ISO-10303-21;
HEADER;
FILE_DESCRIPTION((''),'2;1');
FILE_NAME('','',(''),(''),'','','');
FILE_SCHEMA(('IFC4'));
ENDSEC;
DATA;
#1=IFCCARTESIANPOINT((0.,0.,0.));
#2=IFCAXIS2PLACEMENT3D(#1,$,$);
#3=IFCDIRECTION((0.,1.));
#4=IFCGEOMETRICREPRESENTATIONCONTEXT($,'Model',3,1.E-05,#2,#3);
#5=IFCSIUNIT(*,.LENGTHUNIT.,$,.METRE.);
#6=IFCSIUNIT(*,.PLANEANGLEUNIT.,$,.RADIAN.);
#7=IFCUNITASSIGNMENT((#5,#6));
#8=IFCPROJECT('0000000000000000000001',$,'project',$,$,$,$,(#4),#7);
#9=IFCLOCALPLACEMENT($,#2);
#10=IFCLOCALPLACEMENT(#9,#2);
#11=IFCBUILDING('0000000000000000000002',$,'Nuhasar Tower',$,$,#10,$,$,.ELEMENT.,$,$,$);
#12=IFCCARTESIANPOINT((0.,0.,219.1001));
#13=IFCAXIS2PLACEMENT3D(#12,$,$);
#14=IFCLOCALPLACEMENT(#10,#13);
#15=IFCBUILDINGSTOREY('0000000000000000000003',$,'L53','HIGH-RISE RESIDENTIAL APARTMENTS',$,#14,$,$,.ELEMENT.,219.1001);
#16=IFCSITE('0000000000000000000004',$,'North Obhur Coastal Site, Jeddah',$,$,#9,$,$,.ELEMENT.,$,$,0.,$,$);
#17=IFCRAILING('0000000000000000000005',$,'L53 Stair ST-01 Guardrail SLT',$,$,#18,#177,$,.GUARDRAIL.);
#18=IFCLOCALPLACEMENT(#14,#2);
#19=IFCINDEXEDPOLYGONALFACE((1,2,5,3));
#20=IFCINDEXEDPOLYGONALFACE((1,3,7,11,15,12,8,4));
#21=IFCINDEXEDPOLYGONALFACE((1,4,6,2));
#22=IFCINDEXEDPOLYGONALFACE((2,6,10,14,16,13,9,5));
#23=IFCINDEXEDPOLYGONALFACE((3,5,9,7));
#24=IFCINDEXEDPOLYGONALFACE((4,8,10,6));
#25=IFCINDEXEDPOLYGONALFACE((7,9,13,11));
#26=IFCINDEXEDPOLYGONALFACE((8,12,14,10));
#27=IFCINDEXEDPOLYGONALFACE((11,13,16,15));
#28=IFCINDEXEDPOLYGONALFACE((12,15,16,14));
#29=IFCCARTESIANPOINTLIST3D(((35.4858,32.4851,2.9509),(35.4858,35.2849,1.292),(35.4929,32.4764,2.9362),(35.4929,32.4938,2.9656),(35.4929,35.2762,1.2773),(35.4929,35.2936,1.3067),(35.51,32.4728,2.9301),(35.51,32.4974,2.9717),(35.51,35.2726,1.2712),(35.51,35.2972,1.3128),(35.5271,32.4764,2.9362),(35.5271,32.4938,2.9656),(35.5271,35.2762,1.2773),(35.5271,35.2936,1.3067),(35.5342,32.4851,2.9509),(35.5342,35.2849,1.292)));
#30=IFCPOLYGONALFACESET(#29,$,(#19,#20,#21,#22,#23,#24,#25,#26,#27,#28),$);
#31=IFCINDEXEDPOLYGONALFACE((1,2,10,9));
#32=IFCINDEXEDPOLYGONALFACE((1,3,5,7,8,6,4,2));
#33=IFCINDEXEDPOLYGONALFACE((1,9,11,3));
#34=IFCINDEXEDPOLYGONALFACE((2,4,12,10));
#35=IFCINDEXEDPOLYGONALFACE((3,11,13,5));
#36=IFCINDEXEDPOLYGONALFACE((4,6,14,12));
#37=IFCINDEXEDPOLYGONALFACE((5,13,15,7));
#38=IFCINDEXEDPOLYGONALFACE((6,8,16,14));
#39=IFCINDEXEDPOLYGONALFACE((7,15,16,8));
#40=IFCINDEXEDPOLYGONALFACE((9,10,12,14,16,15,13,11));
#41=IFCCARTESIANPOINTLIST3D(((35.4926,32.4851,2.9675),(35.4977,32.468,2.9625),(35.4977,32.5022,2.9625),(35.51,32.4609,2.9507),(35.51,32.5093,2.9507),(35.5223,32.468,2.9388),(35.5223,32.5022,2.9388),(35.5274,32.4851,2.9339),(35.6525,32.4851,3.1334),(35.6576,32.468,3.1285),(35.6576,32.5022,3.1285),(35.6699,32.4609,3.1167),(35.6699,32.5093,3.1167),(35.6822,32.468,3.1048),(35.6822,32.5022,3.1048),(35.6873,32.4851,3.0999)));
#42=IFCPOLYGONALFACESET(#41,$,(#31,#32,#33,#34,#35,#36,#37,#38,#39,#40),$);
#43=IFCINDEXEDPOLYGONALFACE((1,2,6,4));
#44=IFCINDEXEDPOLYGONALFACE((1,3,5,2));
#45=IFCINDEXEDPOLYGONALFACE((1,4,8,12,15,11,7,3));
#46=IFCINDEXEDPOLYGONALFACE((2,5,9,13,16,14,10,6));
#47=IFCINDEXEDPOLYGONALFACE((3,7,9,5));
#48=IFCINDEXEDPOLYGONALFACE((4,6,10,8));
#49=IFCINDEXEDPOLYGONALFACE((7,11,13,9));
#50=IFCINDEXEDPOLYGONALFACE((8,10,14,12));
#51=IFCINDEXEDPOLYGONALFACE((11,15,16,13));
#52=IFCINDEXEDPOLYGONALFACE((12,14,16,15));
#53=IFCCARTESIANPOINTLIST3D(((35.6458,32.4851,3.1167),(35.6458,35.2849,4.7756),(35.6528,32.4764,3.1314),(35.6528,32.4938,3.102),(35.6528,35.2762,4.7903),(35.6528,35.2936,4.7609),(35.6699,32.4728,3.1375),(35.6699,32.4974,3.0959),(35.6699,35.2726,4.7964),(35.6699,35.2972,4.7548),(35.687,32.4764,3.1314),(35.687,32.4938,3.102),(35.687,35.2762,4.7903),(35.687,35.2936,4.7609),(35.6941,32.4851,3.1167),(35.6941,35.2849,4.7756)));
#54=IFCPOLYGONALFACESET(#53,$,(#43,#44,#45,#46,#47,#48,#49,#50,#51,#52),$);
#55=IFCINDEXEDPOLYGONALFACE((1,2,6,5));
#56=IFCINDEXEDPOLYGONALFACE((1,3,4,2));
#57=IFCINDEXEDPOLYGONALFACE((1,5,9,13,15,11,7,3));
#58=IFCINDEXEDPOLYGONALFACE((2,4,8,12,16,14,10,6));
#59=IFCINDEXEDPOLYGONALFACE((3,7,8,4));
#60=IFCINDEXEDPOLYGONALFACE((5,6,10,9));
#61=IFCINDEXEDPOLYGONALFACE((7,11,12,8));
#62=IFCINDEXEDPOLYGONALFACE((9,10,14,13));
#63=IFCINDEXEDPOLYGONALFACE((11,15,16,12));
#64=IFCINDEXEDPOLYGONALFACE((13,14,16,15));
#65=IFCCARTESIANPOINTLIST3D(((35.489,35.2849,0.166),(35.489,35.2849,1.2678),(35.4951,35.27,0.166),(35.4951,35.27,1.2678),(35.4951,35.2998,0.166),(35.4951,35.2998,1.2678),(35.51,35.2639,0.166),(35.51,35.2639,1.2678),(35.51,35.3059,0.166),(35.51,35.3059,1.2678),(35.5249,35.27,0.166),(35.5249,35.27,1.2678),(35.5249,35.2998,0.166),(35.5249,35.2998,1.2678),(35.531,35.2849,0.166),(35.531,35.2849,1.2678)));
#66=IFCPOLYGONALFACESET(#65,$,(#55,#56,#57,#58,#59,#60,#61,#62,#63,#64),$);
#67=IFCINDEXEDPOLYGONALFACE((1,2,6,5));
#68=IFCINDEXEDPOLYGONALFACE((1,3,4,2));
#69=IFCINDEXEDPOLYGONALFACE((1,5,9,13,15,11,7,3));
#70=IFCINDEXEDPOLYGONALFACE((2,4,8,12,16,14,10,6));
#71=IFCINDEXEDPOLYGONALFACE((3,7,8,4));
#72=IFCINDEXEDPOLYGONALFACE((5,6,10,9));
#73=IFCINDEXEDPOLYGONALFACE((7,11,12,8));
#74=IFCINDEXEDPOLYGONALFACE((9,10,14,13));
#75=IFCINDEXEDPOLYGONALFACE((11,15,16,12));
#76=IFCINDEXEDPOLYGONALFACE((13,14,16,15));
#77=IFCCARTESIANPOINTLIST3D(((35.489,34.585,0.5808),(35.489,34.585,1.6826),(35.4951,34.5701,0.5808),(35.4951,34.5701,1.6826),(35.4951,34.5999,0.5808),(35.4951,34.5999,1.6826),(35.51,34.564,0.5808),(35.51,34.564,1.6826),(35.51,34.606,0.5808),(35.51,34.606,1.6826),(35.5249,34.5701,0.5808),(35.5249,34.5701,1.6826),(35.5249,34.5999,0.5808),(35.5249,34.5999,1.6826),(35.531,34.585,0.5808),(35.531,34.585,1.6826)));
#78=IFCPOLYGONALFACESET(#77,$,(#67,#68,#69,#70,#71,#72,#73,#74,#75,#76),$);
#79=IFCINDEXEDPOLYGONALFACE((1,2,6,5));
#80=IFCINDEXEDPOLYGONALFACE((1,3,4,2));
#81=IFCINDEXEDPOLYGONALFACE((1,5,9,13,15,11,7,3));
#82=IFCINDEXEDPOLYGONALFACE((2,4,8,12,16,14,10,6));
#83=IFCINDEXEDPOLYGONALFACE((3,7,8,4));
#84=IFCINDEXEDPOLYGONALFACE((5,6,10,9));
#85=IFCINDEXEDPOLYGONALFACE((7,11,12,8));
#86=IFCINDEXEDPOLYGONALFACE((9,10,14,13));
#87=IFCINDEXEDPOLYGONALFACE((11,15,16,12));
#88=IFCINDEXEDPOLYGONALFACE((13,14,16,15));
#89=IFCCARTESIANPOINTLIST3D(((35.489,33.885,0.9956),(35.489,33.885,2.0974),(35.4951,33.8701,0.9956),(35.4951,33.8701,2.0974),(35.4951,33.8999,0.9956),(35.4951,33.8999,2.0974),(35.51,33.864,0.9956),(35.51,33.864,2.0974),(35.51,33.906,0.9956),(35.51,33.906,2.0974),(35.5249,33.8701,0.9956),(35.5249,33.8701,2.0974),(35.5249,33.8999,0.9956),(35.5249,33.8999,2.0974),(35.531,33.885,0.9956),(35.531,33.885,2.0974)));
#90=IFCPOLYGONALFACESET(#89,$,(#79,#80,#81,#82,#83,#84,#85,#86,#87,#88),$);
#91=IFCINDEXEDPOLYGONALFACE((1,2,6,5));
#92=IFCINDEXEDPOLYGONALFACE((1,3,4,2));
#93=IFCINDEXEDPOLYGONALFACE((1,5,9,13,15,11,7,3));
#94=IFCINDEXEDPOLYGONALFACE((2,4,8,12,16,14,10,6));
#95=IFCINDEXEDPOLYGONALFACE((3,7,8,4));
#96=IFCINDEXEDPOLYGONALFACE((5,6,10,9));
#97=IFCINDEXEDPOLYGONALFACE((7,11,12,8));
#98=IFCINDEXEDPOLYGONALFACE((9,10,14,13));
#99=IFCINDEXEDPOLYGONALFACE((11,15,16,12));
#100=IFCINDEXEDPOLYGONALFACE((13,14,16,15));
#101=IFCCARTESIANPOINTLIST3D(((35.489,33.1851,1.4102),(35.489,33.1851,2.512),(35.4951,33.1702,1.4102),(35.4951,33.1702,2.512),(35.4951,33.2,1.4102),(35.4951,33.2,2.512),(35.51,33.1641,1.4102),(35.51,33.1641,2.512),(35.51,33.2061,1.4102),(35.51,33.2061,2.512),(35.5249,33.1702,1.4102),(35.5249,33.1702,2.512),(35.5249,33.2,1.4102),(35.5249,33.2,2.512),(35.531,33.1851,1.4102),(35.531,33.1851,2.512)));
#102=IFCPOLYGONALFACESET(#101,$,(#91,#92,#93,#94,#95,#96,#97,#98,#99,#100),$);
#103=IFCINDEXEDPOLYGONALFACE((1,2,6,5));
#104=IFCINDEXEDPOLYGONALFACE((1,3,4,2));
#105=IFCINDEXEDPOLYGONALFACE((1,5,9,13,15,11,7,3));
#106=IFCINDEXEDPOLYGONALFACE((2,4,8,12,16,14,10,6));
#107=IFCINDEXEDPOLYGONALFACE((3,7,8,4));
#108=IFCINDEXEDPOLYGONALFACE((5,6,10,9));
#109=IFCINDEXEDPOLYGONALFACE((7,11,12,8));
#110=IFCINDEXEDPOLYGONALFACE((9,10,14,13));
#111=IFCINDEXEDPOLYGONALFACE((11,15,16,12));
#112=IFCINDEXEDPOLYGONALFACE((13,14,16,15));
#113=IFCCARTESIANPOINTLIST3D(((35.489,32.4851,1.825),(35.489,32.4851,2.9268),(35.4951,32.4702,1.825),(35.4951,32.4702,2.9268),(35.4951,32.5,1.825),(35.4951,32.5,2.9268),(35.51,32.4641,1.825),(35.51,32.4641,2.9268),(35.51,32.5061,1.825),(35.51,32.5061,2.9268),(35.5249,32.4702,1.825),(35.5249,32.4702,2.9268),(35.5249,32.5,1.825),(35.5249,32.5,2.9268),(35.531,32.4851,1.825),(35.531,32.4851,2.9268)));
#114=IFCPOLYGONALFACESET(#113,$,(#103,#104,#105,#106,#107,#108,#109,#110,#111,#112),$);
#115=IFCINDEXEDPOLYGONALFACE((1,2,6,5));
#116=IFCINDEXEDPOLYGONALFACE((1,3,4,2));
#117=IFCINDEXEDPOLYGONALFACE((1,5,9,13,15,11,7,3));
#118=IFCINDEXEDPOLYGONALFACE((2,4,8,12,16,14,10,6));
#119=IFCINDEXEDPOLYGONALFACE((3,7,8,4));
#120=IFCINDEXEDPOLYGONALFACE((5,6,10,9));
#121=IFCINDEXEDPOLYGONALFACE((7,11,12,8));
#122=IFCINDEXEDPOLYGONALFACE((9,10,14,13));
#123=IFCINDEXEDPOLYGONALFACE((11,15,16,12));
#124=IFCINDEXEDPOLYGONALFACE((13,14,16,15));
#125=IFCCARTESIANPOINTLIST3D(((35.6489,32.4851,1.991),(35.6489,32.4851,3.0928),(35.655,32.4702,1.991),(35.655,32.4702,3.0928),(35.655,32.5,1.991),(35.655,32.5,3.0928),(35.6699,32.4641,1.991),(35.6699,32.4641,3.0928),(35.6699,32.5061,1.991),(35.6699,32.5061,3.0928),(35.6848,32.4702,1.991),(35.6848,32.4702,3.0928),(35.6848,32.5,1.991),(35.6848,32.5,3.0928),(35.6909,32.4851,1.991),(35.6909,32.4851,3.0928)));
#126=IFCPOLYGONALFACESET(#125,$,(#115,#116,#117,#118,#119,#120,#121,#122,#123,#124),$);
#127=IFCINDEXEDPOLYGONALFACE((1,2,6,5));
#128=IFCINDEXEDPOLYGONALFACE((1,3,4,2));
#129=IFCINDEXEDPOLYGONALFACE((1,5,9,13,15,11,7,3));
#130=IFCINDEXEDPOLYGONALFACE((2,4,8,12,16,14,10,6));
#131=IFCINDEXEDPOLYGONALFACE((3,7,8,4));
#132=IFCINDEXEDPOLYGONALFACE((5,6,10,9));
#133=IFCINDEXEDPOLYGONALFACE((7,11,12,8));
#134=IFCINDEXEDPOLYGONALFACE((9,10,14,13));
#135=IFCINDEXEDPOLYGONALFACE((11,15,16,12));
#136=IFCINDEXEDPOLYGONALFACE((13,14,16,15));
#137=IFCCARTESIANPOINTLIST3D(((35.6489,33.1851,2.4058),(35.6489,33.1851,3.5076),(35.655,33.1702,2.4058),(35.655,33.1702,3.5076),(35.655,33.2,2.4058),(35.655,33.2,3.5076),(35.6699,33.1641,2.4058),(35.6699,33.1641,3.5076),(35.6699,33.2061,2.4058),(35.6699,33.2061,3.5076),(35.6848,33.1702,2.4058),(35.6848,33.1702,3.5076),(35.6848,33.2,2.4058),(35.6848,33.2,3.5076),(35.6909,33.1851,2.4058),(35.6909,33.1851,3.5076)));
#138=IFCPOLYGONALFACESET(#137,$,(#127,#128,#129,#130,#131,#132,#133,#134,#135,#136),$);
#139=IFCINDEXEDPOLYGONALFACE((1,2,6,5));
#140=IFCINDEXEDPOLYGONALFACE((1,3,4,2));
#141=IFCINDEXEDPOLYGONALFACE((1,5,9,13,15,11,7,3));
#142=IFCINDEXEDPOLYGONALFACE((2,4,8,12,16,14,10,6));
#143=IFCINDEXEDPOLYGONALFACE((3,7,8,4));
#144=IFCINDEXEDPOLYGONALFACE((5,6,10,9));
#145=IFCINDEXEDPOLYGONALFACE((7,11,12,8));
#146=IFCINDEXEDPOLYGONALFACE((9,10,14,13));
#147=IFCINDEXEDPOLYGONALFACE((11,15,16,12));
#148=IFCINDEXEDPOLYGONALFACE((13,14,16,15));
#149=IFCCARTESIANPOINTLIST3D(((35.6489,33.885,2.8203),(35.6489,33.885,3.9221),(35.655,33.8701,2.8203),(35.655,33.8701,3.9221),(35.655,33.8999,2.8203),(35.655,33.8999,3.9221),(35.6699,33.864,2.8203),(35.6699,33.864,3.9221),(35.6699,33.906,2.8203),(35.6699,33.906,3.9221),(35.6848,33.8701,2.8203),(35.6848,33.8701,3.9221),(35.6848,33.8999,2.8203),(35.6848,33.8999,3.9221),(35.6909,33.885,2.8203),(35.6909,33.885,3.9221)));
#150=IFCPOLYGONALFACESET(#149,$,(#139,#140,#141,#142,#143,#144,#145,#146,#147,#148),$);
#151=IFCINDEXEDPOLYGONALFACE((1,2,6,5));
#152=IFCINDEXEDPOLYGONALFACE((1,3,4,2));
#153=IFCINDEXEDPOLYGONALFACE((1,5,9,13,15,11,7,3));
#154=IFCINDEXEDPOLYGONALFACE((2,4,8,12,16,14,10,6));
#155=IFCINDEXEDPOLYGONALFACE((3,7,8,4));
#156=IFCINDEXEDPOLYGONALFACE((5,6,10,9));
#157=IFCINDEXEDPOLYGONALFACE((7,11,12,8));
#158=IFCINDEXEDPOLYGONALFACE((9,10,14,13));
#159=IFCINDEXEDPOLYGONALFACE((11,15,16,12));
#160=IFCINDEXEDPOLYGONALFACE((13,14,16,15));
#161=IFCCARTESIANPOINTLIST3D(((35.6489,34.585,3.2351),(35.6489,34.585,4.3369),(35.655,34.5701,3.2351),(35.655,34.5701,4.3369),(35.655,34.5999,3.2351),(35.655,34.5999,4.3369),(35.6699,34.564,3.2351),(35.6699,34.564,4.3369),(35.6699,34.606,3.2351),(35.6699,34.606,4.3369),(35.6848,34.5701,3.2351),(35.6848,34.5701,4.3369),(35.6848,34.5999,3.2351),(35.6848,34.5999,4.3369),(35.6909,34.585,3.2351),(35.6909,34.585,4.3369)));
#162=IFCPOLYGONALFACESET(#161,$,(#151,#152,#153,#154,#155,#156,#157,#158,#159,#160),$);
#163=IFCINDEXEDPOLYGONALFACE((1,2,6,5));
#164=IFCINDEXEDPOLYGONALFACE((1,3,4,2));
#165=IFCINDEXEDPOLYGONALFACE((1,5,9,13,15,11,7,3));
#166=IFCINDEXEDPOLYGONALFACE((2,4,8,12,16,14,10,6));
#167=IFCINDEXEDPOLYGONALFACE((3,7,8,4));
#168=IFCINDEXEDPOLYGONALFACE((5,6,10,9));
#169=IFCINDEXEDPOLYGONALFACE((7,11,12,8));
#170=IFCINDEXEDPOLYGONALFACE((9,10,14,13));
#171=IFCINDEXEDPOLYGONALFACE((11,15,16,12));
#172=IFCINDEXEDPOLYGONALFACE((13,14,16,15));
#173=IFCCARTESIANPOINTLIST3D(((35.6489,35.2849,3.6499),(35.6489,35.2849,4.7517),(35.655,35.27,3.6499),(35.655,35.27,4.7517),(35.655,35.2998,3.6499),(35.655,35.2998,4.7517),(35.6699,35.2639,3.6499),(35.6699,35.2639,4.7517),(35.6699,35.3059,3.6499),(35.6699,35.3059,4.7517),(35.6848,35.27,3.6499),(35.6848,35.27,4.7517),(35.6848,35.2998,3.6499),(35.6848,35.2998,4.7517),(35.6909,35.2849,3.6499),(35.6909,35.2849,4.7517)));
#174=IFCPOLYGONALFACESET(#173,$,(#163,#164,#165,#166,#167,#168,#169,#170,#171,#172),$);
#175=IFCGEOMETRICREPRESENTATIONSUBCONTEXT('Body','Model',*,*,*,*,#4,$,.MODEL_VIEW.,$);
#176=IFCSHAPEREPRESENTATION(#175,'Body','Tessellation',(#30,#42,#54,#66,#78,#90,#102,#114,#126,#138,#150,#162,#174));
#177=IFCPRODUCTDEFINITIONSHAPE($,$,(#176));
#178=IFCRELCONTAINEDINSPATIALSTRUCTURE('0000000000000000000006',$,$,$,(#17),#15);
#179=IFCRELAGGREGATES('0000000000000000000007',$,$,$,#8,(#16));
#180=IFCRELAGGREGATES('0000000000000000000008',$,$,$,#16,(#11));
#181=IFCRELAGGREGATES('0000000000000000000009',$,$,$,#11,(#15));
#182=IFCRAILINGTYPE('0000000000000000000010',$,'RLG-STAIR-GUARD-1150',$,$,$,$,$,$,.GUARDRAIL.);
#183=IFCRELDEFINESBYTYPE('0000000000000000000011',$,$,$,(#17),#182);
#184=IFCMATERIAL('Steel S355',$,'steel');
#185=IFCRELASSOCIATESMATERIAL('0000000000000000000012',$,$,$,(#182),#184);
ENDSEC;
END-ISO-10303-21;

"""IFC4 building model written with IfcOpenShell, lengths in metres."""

from ifc_helpers import new_model, si_unit, direction, frame, origin, place, context, subcontext, project, spatial, polyline, outline, extrude, material, type_object, element, save


model = new_model("IFC4")

# Units and contexts
model_context = context("Model", 3, precision=1e-05, world=origin(), true_north=direction((0.0, 1.0)))
body_context = subcontext(model_context, "Body", "Model", "MODEL_VIEW")
ifc_project = project(units=[si_unit("LENGTHUNIT", "METRE"), si_unit("PLANEANGLEUNIT", "RADIAN")], contexts=[model_context])

# Site, building, storey
site_placement = place(None, origin())
site = spatial("IfcSite", under=ifc_project, at=site_placement, Name="North Obhur Coastal Site, Jeddah", CompositionType="ELEMENT", RefElevation=0.0)
building_placement = place(site_placement, origin())
building = spatial("IfcBuilding", under=site, at=building_placement, Name="Nuhasar Tower", CompositionType="ELEMENT")
storey_placement = place(building_placement, frame((0.0, 0.0, 219.1001)))
storey = spatial("IfcBuildingStorey", under=building, at=storey_placement, Name="L53", Description="HIGH-RISE RESIDENTIAL APARTMENTS", CompositionType="ELEMENT", Elevation=219.1001)

# Shared definitions
ifc_material_1 = material(Name="Steel S355", Category="steel")

# Railing
railing_type_1 = type_object("IfcRailingType", Name="RLG-STAIR-GUARD-1150", PredefinedType="GUARDRAIL", material=ifc_material_1)
railing_1_placement = place(storey_placement, frame((35.51, 35.2849, 0.166)))
element("IfcRailing", 1, at=railing_1_placement, inside=storey, type_object=railing_type_1, Name="L53 Stair ST-01 Guardrail SLT", PredefinedType="GUARDRAIL", context=body_context, shape_type="SweptSolid", body=[
    extrude(outline(polyline([(0.0242, 0.0), (0.0171, 0.0171), (0.0, 0.0242), (-0.0171, 0.0171), (-0.0242, 0.0), (-0.0171, -0.0171), (0.0, -0.0242), (0.0171, -0.0171), (0.0242, 0.0)])), frame((0.0, 0.0, 1.126), z_axis=(0.0, -0.86032, 0.509755), x_axis=(1.0, 0.0, 0.0)), (0.0, 0.0, 1.0), 3.2544),
    extrude(outline(polyline([(0.0242, 0.0), (0.0171, 0.0171), (0.0, 0.0242), (-0.0171, 0.0171), (-0.0242, 0.0), (-0.0171, -0.0171), (0.0, -0.0242), (0.0171, -0.0171), (0.0242, 0.0)])), frame((0.0, -2.7998, 2.7847), z_axis=(0.693743, 0.0, 0.720222), x_axis=(0.0, 1.0, 0.0)), (0.0, 0.0, 1.0), 0.2305),
    extrude(outline(polyline([(0.0242, 0.0), (0.0171, 0.0171), (0.0, 0.0242), (-0.0171, 0.0171), (-0.0242, 0.0), (-0.0171, -0.0171), (0.0, -0.0242), (0.0171, -0.0171), (0.0242, 0.0)])), frame((0.1599, -2.7998, 2.9507), z_axis=(0.0, 0.86032, 0.509755), x_axis=(-1.0, 0.0, 0.0)), (0.0, 0.0, 1.0), 3.2544),
    extrude(outline(polyline([(0.021, 0.0), (0.0149, 0.0149), (0.0, 0.021), (-0.0149, 0.0149), (-0.021, 0.0), (-0.0149, -0.0149), (0.0, -0.021), (0.0149, -0.0149), (0.021, 0.0)])), origin(), (0.0, 0.0, 1.0), 1.1018),
    extrude(outline(polyline([(0.021, 0.0), (0.0149, 0.0149), (0.0, 0.021), (-0.0149, 0.0149), (-0.021, 0.0), (-0.0149, -0.0149), (0.0, -0.021), (0.0149, -0.0149), (0.021, 0.0)])), frame((0.0, -0.7, 0.4148)), (0.0, 0.0, 1.0), 1.1018),
    extrude(outline(polyline([(0.021, 0.0), (0.0149, 0.0149), (0.0, 0.021), (-0.0149, 0.0149), (-0.021, 0.0), (-0.0149, -0.0149), (0.0, -0.021), (0.0149, -0.0149), (0.021, 0.0)])), frame((0.0, -1.3999, 0.8296)), (0.0, 0.0, 1.0), 1.1018),
    extrude(outline(polyline([(0.021, 0.0), (0.0149, 0.0149), (0.0, 0.021), (-0.0149, 0.0149), (-0.021, 0.0), (-0.0149, -0.0149), (0.0, -0.021), (0.0149, -0.0149), (0.021, 0.0)])), frame((0.0, -2.0999, 1.2441)), (0.0, 0.0, 1.0), 1.1018),
    extrude(outline(polyline([(0.021, 0.0), (0.0149, 0.0149), (0.0, 0.021), (-0.0149, 0.0149), (-0.021, 0.0), (-0.0149, -0.0149), (0.0, -0.021), (0.0149, -0.0149), (0.021, 0.0)])), frame((0.0, -2.7998, 1.6589)), (0.0, 0.0, 1.0), 1.1018),
    extrude(outline(polyline([(0.021, 0.0), (0.0149, 0.0149), (0.0, 0.021), (-0.0149, 0.0149), (-0.021, 0.0), (-0.0149, -0.0149), (0.0, -0.021), (0.0149, -0.0149), (0.021, 0.0)])), frame((0.1599, -2.7998, 1.825)), (0.0, 0.0, 1.0), 1.1018),
    extrude(outline(polyline([(0.021, 0.0), (0.0149, 0.0149), (0.0, 0.021), (-0.0149, 0.0149), (-0.021, 0.0), (-0.0149, -0.0149), (0.0, -0.021), (0.0149, -0.0149), (0.021, 0.0)])), frame((0.1599, -2.0999, 2.2397)), (0.0, 0.0, 1.0), 1.1018),
    extrude(outline(polyline([(0.021, 0.0), (0.0149, 0.0149), (0.0, 0.021), (-0.0149, 0.0149), (-0.021, 0.0), (-0.0149, -0.0149), (0.0, -0.021), (0.0149, -0.0149), (0.021, 0.0)])), frame((0.1599, -1.3999, 2.6543)), (0.0, 0.0, 1.0), 1.1018),
    extrude(outline(polyline([(0.021, 0.0), (0.0149, 0.0149), (0.0, 0.021), (-0.0149, 0.0149), (-0.021, 0.0), (-0.0149, -0.0149), (0.0, -0.021), (0.0149, -0.0149), (0.021, 0.0)])), frame((0.1599, -0.7, 3.0691)), (0.0, 0.0, 1.0), 1.1018),
    extrude(outline(polyline([(0.021, 0.0), (0.0149, 0.0149), (0.0, 0.021), (-0.0149, 0.0149), (-0.021, 0.0), (-0.0149, -0.0149), (0.0, -0.021), (0.0149, -0.0149), (0.021, 0.0)])), frame((0.1599, 0.0, 3.4839)), (0.0, 0.0, 1.0), 1.1018),
])

save(model, "model.ifc")
